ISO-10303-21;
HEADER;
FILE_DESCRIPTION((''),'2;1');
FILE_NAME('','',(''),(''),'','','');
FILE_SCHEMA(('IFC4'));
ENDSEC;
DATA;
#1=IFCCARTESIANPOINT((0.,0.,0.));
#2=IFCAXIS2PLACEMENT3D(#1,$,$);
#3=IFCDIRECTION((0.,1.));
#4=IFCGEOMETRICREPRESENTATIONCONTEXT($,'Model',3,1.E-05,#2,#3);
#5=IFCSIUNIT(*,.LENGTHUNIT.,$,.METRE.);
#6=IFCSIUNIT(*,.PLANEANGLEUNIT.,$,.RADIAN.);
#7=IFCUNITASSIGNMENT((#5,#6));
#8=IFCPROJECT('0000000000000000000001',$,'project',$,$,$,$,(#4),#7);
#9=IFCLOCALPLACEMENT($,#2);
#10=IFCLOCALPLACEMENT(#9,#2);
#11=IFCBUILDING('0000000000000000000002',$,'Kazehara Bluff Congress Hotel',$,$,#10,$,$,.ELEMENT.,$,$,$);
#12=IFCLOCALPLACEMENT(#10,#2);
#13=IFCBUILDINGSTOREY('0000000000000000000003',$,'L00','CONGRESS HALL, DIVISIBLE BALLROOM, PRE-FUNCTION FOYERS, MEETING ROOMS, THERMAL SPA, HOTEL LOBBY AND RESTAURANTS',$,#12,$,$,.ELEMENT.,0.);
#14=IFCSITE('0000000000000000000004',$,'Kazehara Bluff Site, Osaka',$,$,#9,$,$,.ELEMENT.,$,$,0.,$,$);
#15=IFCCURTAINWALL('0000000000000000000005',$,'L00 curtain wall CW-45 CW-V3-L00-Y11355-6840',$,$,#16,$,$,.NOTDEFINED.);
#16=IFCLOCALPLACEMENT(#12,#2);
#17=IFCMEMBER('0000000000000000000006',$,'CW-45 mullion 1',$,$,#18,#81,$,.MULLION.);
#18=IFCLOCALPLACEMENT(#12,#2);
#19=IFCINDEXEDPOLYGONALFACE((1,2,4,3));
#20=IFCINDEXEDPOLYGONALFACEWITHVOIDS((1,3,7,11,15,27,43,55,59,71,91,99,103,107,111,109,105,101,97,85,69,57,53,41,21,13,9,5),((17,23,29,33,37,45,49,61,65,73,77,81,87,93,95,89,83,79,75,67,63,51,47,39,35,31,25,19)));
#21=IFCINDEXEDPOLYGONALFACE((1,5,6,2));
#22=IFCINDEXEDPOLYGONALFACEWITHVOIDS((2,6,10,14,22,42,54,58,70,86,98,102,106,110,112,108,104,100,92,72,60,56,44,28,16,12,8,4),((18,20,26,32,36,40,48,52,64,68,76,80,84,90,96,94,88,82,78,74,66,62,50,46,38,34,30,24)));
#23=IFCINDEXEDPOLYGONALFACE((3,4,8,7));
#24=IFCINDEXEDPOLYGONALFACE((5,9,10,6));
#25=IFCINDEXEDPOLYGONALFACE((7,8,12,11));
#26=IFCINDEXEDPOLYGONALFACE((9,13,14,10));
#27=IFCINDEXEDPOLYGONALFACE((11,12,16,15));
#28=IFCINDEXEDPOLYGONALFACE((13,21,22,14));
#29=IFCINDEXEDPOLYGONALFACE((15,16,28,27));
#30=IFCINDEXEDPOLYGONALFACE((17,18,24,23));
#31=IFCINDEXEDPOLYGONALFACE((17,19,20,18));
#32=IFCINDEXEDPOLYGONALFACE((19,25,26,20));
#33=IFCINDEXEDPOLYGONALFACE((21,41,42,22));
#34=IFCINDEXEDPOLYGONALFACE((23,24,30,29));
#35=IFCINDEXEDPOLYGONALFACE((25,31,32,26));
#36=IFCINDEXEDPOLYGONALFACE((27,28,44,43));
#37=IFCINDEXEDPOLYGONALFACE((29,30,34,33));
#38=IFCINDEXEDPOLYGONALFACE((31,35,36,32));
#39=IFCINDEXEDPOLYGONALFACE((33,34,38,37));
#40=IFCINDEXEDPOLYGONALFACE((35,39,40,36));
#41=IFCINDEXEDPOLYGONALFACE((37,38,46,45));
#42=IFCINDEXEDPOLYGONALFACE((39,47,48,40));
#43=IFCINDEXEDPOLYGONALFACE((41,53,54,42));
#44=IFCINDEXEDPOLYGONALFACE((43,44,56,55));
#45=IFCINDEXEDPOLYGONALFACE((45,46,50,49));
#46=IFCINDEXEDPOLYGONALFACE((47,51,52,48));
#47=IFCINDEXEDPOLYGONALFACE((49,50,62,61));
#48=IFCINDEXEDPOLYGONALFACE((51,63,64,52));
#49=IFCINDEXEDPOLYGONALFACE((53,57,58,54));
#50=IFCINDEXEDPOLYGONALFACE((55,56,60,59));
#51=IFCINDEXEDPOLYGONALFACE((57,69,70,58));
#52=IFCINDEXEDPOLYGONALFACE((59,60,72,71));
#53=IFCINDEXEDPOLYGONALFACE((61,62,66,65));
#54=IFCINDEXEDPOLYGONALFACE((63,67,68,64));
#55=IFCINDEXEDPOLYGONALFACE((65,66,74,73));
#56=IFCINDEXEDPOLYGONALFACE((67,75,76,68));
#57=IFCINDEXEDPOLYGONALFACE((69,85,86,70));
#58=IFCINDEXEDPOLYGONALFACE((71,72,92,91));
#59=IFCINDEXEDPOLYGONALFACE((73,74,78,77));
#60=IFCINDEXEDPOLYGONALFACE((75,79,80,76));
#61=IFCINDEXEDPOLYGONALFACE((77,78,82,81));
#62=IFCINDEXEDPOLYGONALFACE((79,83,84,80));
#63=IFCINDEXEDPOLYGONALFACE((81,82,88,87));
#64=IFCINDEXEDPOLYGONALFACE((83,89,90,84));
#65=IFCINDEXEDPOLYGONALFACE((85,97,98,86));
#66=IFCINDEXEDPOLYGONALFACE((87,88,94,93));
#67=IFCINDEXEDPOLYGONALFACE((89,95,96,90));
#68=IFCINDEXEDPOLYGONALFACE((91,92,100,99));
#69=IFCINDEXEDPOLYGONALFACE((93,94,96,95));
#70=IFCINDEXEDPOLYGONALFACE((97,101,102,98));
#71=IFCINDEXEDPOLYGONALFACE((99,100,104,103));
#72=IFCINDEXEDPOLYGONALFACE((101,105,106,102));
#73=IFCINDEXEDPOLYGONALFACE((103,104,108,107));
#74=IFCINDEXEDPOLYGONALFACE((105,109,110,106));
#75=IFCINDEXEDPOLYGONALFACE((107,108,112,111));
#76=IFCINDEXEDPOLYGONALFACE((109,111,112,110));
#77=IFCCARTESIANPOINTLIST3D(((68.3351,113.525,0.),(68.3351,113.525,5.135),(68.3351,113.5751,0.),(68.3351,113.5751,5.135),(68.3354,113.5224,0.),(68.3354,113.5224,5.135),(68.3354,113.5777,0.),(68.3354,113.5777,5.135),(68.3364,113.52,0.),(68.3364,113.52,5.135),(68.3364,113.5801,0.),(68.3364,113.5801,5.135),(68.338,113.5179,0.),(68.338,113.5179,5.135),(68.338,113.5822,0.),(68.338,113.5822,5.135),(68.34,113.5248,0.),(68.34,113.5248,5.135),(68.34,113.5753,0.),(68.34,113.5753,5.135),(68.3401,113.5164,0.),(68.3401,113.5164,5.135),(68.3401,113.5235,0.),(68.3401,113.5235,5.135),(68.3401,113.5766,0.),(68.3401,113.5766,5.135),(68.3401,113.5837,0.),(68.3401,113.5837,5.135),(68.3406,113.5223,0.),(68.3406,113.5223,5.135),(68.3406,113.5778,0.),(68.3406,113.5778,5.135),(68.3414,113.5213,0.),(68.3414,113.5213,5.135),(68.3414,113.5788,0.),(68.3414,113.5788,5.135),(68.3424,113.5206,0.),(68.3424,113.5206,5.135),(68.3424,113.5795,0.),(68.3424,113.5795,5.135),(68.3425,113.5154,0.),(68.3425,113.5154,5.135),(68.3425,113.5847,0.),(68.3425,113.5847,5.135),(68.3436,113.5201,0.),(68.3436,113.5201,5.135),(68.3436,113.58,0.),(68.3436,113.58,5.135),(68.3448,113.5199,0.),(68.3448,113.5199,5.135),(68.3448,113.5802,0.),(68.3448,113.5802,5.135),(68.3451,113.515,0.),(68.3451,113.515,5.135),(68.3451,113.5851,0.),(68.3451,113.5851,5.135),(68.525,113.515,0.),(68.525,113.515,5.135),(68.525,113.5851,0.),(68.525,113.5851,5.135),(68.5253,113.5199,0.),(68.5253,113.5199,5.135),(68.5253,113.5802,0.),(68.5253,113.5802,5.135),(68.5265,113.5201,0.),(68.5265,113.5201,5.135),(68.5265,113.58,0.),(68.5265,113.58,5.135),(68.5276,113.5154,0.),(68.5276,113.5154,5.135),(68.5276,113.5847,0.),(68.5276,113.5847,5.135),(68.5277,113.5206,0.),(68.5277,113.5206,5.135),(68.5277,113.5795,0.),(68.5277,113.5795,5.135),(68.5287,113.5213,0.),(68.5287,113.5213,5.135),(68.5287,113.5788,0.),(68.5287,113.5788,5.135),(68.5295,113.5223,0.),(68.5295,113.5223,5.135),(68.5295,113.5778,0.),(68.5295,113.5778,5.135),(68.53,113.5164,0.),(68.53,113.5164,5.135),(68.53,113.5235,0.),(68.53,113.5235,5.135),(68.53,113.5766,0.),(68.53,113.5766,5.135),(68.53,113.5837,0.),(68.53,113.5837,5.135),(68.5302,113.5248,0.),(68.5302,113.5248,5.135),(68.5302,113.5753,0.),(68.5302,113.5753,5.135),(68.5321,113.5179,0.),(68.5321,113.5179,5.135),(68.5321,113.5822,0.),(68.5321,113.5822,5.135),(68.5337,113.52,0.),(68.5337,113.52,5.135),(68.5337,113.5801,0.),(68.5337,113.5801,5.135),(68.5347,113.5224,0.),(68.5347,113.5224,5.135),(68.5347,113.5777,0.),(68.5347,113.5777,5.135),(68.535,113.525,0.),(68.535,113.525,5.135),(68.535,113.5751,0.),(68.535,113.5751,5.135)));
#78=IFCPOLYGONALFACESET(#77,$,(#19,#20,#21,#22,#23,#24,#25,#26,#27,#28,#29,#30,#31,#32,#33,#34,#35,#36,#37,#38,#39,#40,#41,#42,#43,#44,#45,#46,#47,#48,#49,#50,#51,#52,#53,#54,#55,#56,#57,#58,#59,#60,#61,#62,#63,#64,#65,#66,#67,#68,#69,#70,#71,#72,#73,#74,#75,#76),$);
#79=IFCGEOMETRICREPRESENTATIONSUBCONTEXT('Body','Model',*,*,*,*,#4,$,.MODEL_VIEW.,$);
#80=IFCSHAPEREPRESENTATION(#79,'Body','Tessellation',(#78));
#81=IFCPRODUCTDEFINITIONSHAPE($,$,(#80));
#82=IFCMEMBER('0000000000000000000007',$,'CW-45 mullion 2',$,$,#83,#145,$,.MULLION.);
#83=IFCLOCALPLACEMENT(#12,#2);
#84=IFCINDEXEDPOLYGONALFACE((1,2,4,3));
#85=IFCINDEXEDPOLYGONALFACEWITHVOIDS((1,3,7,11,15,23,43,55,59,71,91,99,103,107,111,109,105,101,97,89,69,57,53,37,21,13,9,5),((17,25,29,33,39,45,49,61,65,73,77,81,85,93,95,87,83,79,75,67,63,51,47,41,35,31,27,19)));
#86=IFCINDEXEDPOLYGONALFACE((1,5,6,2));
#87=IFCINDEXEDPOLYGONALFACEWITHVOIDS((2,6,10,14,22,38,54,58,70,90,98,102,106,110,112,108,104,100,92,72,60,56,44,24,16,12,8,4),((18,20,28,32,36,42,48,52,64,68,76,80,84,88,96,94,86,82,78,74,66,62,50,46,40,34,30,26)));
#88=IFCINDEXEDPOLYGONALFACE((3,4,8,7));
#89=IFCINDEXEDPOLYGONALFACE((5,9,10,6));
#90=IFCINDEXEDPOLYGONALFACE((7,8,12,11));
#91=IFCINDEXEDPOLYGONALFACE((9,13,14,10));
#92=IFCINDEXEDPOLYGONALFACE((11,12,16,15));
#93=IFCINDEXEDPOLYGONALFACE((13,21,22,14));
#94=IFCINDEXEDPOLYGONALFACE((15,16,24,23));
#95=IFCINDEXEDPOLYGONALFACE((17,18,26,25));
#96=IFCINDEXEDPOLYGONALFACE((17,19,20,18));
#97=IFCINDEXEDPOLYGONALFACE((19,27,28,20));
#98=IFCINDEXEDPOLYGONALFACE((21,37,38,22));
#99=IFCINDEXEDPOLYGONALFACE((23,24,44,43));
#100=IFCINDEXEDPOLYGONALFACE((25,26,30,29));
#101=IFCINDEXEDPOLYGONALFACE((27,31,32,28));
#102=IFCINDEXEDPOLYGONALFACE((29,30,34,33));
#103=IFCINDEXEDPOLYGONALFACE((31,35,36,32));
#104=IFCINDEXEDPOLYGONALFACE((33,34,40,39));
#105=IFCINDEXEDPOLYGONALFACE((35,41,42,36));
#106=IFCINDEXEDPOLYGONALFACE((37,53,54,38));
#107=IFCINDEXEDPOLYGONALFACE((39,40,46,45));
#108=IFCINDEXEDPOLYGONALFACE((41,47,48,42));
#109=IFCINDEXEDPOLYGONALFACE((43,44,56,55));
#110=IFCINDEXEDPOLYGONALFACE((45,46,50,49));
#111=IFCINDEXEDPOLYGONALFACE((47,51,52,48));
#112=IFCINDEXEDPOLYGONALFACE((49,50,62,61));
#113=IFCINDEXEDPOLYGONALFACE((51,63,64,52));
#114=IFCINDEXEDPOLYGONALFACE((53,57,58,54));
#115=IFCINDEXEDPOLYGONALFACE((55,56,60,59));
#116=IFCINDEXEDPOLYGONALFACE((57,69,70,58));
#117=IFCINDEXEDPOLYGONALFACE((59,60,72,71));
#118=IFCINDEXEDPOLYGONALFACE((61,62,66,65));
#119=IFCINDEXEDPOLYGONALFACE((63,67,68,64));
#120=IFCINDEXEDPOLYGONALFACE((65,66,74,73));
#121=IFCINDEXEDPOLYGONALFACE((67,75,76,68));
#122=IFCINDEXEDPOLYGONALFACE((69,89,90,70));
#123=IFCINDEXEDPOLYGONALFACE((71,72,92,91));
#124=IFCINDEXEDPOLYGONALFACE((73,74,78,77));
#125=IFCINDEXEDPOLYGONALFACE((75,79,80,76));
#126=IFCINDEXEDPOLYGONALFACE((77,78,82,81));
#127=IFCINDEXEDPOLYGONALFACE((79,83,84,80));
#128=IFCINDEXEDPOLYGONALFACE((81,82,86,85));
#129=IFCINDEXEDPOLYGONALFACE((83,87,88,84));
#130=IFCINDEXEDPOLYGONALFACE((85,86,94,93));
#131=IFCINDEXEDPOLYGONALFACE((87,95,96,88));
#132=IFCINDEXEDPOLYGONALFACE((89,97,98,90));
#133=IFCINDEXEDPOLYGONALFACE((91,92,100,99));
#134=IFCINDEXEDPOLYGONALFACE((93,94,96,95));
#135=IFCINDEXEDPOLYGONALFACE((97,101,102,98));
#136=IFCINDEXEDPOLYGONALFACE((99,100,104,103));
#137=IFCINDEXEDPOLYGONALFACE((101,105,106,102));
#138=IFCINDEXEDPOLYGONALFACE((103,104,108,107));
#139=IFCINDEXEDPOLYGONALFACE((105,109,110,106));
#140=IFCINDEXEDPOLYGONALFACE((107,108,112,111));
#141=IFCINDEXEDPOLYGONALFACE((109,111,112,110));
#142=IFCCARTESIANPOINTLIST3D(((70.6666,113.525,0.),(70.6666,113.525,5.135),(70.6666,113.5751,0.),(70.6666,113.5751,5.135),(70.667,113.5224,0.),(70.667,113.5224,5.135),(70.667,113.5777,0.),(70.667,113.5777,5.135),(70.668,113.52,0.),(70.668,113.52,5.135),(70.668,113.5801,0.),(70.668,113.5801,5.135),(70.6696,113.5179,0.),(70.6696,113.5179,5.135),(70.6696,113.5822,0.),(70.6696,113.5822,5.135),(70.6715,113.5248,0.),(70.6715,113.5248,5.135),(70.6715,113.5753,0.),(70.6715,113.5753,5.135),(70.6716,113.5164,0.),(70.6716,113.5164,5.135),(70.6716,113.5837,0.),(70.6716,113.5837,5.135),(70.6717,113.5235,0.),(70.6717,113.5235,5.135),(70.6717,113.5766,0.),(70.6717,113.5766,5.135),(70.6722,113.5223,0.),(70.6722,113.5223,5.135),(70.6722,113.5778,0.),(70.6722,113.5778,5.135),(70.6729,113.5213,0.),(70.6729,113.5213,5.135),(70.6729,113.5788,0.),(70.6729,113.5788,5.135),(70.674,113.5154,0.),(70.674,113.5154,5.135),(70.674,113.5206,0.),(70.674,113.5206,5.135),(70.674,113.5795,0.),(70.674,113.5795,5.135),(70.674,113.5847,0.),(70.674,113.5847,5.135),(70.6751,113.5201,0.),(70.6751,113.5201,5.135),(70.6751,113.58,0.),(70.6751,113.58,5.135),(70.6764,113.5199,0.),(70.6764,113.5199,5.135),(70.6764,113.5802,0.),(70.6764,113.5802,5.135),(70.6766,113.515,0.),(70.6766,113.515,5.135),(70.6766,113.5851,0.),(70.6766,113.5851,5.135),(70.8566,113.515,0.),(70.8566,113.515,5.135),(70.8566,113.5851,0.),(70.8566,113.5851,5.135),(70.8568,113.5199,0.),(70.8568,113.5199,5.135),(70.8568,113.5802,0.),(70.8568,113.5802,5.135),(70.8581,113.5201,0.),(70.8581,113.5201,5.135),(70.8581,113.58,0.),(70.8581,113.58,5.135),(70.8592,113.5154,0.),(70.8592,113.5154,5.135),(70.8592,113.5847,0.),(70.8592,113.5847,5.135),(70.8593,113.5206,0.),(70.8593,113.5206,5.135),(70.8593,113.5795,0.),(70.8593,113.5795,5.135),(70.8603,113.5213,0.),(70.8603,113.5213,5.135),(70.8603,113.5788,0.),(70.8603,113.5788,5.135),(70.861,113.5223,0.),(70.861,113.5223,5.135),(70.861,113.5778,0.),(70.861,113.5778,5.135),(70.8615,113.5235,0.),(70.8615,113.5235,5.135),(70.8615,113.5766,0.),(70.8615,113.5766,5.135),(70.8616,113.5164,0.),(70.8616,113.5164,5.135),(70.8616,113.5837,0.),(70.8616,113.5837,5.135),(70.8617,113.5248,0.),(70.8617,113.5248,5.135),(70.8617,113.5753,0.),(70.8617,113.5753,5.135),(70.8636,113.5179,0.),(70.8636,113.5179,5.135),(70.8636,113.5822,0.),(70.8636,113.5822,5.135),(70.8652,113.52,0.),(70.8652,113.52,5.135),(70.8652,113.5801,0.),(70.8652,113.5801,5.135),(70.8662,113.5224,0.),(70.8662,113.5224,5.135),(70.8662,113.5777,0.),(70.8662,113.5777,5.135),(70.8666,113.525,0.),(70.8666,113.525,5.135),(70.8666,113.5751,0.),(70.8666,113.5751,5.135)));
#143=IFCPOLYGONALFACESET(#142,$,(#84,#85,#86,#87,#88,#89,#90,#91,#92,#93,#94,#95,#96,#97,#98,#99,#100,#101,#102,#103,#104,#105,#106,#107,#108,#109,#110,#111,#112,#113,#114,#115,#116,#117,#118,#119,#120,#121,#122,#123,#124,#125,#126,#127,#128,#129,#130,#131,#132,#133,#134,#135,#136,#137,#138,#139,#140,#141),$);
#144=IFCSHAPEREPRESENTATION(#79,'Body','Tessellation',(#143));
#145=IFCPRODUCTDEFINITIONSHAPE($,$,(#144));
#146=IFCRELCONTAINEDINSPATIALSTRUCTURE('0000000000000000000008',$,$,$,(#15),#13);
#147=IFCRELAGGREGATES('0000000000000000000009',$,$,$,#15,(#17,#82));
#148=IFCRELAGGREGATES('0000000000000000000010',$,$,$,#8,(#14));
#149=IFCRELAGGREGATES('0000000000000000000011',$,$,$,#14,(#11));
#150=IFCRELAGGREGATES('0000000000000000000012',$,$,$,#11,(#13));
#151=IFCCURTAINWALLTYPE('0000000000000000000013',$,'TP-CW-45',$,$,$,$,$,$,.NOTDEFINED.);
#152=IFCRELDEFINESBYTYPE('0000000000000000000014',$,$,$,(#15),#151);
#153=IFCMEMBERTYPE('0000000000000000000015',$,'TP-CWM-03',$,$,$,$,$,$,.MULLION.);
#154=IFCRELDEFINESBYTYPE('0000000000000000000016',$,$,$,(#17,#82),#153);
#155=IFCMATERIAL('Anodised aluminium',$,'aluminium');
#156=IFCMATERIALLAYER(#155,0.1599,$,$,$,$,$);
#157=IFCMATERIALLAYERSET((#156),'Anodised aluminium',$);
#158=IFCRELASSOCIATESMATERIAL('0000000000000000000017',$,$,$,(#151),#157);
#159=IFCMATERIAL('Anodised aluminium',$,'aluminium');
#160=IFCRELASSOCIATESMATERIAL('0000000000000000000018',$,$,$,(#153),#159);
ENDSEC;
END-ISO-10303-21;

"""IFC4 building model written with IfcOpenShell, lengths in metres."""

from ifc_helpers import new_model, si_unit, direction, frame, origin, origin_2d, place, context, subcontext, project, spatial, hollow_rectangle, extrude, material, layer, layer_set, material_profile, profile_set, type_object, element, aggregate, save


model = new_model("IFC4")

# Units and contexts
model_context = context("Model", 3, precision=1e-05, world=origin(), true_north=direction((0.0, 1.0)))
body_context = subcontext(model_context, "Body", "Model", "MODEL_VIEW")
ifc_project = project(units=[si_unit("LENGTHUNIT", "METRE"), si_unit("PLANEANGLEUNIT", "RADIAN")], contexts=[model_context])

# Site, building, storey
site_placement = place(None, origin())
site = spatial("IfcSite", under=ifc_project, at=site_placement, Name="Kazehara Bluff Site, Osaka", CompositionType="ELEMENT", RefElevation=0.0)
building_placement = place(site_placement, origin())
building = spatial("IfcBuilding", under=site, at=building_placement, Name="Kazehara Bluff Congress Hotel", CompositionType="ELEMENT")
storey_placement = place(building_placement, origin())
storey = spatial("IfcBuildingStorey", under=building, at=storey_placement, Name="L00", Description="CONGRESS HALL, DIVISIBLE BALLROOM, PRE-FUNCTION FOYERS, MEETING ROOMS, THERMAL SPA, HOTEL LOBBY AND RESTAURANTS", CompositionType="ELEMENT", Elevation=0.0)

# Curtain wall, members
ifc_material_1 = material(Name="Anodised aluminium", Category="aluminium")
ifc_layer_1 = layer(ifc_material_1, 0.1599)
ifc_layer_set_1 = layer_set([ifc_layer_1], Name="Anodised aluminium")
curtain_wall_type = type_object("IfcCurtainWallType", Name="TP-CW-45", PredefinedType="NOTDEFINED", material=ifc_layer_set_1)
curtain_wall_placement = place(storey_placement, origin())
curtain_wall = element("IfcCurtainWall", 1, at=curtain_wall_placement, inside=storey, type_object=curtain_wall_type, Name="L00 curtain wall CW-45 CW-V3-L00-Y11355-6840", PredefinedType="NOTDEFINED")
ifc_material_2 = material(Name="Anodised aluminium", Category="aluminium")
ifc_material_profile_1 = material_profile(ifc_material_2, hollow_rectangle(XDim=0.0701, YDim=0.2, WallThickness=0.0049, InnerFilletRadius=0.0049, OuterFilletRadius=0.01, at=origin_2d()))
ifc_profile_set_1 = profile_set([ifc_material_profile_1], Name="Anodised aluminium")
member_type_1 = type_object("IfcMemberType", Name="TP-CWM-03", PredefinedType="MULLION", material=ifc_profile_set_1)
member_1_placement = place(storey_placement, frame((68.4351, 113.55, 0.0), z_axis=(0.0, 0.0, 1.0), x_axis=(0.0, 1.0, 0.0)))
member_1 = element("IfcMember", 2, at=member_1_placement, type_object=member_type_1, Name="CW-45 mullion 1", PredefinedType="MULLION", context=body_context, shape_type="SweptSolid", body=[
    extrude(hollow_rectangle(XDim=0.0701, YDim=0.2, WallThickness=0.0049, InnerFilletRadius=0.0049, OuterFilletRadius=0.01, at=origin_2d()), origin(), (0.0, 0.0, 1.0), 5.135),
])
member_2_placement = place(storey_placement, frame((70.7666, 113.55, 0.0), z_axis=(0.0, 0.0, 1.0), x_axis=(0.0, 1.0, 0.0)))
member_2 = element("IfcMember", 3, at=member_2_placement, type_object=member_type_1, Name="CW-45 mullion 2", PredefinedType="MULLION", context=body_context, shape_type="SweptSolid", body=[
    extrude(hollow_rectangle(XDim=0.0701, YDim=0.2, WallThickness=0.0049, InnerFilletRadius=0.0049, OuterFilletRadius=0.01, at=origin_2d()), origin(), (0.0, 0.0, 1.0), 5.135),
])

aggregate(curtain_wall, [member_1, member_2])

save(model, "model.ifc")
